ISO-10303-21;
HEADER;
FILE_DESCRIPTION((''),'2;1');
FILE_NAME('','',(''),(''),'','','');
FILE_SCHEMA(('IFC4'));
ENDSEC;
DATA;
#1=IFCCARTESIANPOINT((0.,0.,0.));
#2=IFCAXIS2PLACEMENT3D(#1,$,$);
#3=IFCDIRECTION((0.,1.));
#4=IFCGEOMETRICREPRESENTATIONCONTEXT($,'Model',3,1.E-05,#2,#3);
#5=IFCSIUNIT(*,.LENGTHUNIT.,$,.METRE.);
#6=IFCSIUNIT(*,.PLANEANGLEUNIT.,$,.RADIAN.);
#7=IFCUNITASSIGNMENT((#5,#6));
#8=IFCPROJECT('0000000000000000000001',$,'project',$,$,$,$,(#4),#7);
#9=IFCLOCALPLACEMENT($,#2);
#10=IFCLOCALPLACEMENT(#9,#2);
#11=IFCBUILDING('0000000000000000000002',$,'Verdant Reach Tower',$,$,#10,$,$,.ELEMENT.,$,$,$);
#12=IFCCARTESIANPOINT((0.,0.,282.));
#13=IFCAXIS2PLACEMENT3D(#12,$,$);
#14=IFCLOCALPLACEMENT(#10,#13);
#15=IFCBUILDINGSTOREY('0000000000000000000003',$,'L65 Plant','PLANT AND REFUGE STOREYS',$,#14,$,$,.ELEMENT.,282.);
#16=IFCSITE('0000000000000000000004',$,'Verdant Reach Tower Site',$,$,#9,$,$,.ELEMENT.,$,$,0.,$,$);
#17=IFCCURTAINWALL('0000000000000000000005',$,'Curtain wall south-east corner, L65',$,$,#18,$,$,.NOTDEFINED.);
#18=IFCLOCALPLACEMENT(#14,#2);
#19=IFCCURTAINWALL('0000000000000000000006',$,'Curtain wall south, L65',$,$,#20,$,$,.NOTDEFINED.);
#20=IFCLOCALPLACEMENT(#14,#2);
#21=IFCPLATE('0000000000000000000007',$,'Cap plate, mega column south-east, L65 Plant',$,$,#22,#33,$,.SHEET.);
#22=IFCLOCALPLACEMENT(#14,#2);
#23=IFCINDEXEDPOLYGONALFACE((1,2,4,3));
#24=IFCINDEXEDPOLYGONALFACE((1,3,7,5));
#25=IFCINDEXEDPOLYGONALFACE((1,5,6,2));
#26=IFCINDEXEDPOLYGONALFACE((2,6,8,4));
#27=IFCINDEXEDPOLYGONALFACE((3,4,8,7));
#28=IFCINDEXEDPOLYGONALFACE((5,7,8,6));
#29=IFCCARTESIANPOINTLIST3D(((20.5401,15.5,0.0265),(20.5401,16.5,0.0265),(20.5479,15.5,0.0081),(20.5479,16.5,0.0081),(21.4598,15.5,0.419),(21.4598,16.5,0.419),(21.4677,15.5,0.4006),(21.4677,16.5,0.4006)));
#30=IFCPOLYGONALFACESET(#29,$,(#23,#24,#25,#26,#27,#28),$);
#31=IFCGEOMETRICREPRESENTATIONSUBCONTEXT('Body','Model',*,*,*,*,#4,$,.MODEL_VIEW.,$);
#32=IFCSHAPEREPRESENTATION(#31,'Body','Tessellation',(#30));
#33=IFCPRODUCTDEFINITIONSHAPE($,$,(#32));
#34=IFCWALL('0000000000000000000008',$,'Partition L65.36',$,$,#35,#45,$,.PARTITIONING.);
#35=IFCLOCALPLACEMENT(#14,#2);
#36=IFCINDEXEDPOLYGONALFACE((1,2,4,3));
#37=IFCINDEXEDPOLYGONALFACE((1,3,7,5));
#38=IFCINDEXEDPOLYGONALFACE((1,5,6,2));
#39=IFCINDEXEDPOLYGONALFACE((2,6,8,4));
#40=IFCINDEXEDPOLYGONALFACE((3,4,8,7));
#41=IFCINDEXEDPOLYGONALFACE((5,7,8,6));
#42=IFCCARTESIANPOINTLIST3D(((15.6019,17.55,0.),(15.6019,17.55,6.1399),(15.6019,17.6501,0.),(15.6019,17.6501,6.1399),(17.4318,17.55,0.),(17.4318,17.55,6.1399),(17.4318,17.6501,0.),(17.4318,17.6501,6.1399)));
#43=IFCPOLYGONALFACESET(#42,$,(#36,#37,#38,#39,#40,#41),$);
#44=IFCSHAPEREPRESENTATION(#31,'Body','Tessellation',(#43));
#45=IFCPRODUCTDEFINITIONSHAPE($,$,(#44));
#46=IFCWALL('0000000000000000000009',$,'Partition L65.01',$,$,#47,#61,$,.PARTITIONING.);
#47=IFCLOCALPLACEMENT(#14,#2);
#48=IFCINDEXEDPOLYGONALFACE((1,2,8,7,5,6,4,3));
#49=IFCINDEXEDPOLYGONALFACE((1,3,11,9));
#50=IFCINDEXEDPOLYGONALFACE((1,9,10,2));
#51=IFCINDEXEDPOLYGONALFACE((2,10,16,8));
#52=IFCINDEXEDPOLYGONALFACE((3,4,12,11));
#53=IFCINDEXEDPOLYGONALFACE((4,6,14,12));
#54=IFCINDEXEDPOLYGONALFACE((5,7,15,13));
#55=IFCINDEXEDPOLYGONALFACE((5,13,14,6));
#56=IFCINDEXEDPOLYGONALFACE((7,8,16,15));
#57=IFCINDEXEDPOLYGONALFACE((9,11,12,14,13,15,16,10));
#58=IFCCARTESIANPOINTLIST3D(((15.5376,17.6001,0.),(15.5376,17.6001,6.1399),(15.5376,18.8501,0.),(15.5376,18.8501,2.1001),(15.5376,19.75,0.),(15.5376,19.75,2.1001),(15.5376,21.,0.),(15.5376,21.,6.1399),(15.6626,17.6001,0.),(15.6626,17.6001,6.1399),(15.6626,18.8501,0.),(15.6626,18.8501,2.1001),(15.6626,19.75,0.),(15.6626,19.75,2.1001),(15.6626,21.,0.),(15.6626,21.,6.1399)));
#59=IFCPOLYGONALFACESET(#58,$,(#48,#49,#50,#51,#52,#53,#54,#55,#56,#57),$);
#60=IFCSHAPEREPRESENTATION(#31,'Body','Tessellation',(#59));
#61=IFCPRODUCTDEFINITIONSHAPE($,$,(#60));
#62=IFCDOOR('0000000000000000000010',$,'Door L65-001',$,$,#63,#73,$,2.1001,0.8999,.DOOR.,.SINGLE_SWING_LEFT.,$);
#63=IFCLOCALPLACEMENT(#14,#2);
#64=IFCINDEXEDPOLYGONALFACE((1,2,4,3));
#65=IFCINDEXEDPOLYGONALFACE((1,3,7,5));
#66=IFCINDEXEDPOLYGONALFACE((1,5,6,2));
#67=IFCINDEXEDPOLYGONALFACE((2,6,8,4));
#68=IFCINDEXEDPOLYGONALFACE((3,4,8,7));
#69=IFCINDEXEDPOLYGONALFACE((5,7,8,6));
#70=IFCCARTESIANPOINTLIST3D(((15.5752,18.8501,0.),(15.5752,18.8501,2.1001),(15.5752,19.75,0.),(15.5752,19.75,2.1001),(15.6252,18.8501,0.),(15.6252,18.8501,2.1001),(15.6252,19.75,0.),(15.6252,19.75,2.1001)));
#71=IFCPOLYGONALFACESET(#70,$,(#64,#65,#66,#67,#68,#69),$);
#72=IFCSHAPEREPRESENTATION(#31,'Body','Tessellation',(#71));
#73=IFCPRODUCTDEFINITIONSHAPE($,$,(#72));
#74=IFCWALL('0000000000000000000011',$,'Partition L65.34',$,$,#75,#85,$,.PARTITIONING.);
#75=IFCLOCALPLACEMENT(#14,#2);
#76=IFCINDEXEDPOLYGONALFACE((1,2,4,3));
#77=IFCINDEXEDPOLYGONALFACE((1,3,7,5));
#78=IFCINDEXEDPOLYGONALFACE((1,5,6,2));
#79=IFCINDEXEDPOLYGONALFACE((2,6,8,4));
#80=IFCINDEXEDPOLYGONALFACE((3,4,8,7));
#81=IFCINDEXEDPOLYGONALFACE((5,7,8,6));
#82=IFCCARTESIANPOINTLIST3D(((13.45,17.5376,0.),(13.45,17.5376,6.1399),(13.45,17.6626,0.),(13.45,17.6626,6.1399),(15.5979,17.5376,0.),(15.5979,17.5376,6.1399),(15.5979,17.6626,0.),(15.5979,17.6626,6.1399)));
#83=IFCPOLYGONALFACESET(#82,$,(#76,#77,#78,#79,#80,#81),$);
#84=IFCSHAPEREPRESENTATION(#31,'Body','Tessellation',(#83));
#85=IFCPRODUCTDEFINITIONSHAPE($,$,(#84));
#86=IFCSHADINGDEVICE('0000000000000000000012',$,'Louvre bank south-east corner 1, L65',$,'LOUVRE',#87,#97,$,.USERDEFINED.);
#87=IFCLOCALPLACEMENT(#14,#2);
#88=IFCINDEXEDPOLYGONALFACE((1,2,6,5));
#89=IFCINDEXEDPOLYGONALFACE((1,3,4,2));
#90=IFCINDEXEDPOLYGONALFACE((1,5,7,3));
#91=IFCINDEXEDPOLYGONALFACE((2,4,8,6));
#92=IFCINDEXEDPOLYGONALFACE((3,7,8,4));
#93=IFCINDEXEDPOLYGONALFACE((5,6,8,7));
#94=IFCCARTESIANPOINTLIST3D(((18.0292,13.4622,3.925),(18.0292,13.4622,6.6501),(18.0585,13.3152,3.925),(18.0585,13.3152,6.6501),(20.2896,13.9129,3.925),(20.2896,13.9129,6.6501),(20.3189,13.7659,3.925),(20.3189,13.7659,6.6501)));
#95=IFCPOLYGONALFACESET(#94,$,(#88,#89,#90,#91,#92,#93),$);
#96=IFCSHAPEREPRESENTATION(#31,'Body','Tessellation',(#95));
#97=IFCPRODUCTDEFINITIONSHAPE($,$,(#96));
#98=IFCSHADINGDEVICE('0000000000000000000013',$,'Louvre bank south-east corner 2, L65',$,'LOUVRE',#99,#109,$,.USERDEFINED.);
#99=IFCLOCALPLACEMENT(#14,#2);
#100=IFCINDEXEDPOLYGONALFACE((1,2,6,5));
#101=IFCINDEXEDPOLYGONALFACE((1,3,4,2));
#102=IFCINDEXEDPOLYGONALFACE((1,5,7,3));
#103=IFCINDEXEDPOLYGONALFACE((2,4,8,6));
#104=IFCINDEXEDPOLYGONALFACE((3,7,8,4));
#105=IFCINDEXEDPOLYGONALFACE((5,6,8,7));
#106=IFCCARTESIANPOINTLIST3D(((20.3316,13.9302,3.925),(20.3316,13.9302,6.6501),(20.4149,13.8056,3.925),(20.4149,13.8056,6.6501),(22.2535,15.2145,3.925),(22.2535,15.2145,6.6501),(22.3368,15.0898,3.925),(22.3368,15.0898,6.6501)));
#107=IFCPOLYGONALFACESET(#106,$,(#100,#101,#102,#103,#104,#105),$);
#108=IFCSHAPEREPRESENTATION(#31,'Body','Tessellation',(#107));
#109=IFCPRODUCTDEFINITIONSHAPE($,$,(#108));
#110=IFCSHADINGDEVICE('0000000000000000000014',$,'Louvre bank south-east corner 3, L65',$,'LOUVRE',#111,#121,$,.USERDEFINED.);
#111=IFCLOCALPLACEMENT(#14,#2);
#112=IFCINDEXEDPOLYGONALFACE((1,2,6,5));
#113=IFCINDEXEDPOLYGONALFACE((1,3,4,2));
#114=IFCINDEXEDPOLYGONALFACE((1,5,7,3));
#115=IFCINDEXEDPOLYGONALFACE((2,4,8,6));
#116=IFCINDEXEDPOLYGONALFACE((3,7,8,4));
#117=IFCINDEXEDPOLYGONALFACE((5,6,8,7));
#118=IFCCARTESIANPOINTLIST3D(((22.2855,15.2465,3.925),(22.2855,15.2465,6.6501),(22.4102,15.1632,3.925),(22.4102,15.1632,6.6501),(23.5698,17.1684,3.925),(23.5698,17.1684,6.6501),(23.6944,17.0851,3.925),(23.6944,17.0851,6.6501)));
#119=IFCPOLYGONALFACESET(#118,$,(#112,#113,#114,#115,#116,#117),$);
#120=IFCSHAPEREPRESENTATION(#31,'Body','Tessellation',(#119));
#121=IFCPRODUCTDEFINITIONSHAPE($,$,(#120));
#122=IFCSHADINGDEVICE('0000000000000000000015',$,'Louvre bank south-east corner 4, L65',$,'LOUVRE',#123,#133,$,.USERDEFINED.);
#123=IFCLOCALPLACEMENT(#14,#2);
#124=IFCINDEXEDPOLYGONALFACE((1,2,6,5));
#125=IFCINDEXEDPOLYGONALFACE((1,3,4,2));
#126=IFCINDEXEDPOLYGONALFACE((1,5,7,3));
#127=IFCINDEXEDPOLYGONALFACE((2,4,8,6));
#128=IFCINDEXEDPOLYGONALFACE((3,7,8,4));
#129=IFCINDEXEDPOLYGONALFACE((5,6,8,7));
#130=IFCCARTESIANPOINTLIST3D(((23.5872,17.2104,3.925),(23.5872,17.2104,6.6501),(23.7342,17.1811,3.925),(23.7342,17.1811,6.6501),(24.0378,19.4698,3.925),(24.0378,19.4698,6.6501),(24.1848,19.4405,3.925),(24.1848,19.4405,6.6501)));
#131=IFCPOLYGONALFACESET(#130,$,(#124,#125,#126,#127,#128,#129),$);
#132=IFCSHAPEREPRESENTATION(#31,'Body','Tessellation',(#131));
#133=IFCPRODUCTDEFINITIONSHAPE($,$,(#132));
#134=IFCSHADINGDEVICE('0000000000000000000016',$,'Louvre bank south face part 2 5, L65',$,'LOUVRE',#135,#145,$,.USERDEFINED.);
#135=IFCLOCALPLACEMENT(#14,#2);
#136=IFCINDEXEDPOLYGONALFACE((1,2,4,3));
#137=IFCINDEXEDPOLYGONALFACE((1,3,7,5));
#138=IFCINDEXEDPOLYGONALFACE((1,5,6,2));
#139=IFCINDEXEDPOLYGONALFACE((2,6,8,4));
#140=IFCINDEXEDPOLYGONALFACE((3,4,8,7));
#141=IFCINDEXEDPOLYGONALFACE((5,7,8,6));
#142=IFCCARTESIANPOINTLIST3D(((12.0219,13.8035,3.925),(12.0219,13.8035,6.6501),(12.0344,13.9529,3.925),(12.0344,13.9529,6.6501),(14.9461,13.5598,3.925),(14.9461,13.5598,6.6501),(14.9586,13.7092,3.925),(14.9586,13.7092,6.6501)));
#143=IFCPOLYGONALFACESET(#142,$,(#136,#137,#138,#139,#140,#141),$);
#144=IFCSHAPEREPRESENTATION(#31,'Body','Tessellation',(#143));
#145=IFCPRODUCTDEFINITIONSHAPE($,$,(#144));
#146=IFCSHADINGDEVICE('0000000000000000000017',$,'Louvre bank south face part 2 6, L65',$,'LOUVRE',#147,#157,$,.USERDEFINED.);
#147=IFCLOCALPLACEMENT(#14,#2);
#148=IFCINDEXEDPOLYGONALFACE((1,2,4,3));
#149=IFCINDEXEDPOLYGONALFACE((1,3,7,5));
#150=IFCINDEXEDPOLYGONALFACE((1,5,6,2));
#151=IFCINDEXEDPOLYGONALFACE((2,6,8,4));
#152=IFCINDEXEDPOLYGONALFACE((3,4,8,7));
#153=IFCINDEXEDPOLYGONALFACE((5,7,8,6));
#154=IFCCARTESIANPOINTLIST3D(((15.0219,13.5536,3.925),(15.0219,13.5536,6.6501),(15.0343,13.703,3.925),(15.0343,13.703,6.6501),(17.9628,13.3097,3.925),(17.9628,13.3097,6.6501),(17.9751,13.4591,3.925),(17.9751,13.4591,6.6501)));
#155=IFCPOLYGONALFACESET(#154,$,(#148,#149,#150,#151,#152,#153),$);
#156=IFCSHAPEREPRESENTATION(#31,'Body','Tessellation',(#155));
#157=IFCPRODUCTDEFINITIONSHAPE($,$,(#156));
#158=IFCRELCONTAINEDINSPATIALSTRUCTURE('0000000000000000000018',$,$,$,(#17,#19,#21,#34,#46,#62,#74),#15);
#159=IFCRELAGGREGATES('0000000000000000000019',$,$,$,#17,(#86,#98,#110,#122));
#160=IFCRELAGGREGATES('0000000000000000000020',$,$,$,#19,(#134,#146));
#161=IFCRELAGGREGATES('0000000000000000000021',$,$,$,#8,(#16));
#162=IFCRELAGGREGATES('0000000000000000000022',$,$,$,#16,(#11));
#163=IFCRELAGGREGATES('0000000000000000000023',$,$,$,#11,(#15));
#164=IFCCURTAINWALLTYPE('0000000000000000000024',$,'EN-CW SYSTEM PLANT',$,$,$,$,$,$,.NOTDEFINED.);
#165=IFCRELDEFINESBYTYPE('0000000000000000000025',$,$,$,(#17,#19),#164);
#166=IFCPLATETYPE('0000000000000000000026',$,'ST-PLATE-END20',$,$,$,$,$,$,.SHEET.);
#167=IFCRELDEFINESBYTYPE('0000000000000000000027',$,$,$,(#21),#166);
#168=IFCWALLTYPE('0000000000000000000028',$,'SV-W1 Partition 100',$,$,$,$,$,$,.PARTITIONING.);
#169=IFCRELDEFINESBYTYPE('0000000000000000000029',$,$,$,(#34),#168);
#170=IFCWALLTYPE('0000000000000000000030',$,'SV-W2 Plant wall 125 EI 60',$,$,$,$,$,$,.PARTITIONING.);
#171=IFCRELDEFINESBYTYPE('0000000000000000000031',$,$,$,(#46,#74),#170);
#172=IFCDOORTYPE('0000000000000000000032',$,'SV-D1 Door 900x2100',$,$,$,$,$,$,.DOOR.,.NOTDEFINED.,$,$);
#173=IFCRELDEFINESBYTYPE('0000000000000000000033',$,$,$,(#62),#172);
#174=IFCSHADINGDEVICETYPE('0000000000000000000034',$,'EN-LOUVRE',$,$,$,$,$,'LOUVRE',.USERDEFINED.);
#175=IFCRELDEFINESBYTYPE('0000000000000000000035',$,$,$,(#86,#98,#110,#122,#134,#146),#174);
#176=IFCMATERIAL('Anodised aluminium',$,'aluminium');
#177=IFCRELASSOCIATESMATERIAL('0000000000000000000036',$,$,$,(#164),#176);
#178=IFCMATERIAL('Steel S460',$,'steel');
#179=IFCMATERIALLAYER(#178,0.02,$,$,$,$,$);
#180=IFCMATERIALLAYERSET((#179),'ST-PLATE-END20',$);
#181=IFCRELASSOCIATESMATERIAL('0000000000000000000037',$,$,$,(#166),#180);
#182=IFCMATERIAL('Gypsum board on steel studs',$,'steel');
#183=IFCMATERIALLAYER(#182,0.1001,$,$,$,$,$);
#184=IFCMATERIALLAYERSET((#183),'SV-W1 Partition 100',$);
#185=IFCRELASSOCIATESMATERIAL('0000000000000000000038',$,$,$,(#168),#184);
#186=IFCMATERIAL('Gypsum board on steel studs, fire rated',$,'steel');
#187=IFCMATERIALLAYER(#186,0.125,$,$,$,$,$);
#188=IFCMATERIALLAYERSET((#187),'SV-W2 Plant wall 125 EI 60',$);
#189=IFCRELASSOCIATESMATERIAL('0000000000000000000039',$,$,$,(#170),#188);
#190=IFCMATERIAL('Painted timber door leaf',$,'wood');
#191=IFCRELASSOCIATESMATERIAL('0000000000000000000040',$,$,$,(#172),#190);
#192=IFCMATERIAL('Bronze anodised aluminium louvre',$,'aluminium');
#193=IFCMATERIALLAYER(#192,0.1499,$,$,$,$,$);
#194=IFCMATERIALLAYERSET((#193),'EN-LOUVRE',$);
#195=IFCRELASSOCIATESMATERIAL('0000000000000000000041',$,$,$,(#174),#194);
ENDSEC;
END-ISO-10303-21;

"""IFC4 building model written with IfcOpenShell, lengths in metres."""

from ifc_helpers import new_model, si_unit, direction, frame, frame_2d, origin, origin_2d, place, context, subcontext, project, spatial, rectangle, extrude, material, layer, layer_set, type_object, element, fill, aggregate, save


model = new_model("IFC4")

# Units and contexts
model_context = context("Model", 3, precision=1e-05, world=origin(), true_north=direction((0.0, 1.0)))
body_context = subcontext(model_context, "Body", "Model", "MODEL_VIEW")
ifc_project = project(units=[si_unit("LENGTHUNIT", "METRE"), si_unit("PLANEANGLEUNIT", "RADIAN")], contexts=[model_context])

# Site, building, storey
site_placement = place(None, origin())
site = spatial("IfcSite", under=ifc_project, at=site_placement, Name="Verdant Reach Tower Site", CompositionType="ELEMENT", RefElevation=0.0)
building_placement = place(site_placement, origin())
building = spatial("IfcBuilding", under=site, at=building_placement, Name="Verdant Reach Tower", CompositionType="ELEMENT")
storey_placement = place(building_placement, frame((0.0, 0.0, 282.0)))
storey = spatial("IfcBuildingStorey", under=building, at=storey_placement, Name="L65 Plant", Description="PLANT AND REFUGE STOREYS", CompositionType="ELEMENT", Elevation=282.0)

# Shared definitions
ifc_material_1 = material(Name="Steel S460", Category="steel")

# Curtain wall
ifc_material_2 = material(Name="Anodised aluminium", Category="aluminium")
curtain_wall_type = type_object("IfcCurtainWallType", Name="EN-CW SYSTEM PLANT", PredefinedType="NOTDEFINED", material=ifc_material_2)
curtain_wall_1_placement = place(storey_placement, origin())
curtain_wall_1 = element("IfcCurtainWall", 1, at=curtain_wall_1_placement, inside=storey, type_object=curtain_wall_type, Name="Curtain wall south-east corner, L65", PredefinedType="NOTDEFINED")

# Curtain wall
curtain_wall_2_placement = place(storey_placement, origin())
curtain_wall_2 = element("IfcCurtainWall", 2, at=curtain_wall_2_placement, inside=storey, type_object=curtain_wall_type, Name="Curtain wall south, L65", PredefinedType="NOTDEFINED")

# Plate
ifc_layer_1 = layer(ifc_material_1, 0.02)
ifc_layer_set_1 = layer_set([ifc_layer_1], Name="ST-PLATE-END20")
plate_type_1 = type_object("IfcPlateType", Name="ST-PLATE-END20", PredefinedType="SHEET", material=ifc_layer_set_1)
plate_1_placement = place(storey_placement, frame((21.0078, 16.0, 0.2043), z_axis=(-0.392439, 0.0, 0.919778), x_axis=(0.0, -1.0, 0.0)))
element("IfcPlate", 3, at=plate_1_placement, inside=storey, type_object=plate_type_1, Name="Cap plate, mega column south-east, L65 Plant", PredefinedType="SHEET", context=body_context, shape_type="SweptSolid", body=[
    extrude(rectangle(XDim=1.0, YDim=1.0, at=origin_2d()), origin(), (0.0, 0.0, 1.0), 0.02),
])

# Wall
ifc_material_3 = material(Name="Gypsum board on steel studs", Category="steel")
ifc_layer_2 = layer(ifc_material_3, 0.1001)
ifc_layer_set_2 = layer_set([ifc_layer_2], Name="SV-W1 Partition 100")
wall_type_1 = type_object("IfcWallType", Name="SV-W1 Partition 100", PredefinedType="PARTITIONING", material=ifc_layer_set_2)
wall_1_placement = place(storey_placement, frame((17.4319, 17.6001, 0.0), z_axis=(0.0, 0.0, 1.0), x_axis=(-1.0, 0.0, 0.0)))
element("IfcWall", 4, at=wall_1_placement, inside=storey, type_object=wall_type_1, Name="Partition L65.36", PredefinedType="PARTITIONING", context=body_context, shape_type="SweptSolid", body=[
    extrude(rectangle(XDim=1.8298, YDim=0.1001, at=frame_2d((0.915, 0.0))), origin(), (0.0, 0.0, 1.0), 6.1399),
])

# Wall, opening, door
ifc_material_4 = material(Name="Gypsum board on steel studs, fire rated", Category="steel")
ifc_layer_3 = layer(ifc_material_4, 0.125)
ifc_layer_set_3 = layer_set([ifc_layer_3], Name="SV-W2 Plant wall 125 EI 60")
wall_type_2 = type_object("IfcWallType", Name="SV-W2 Plant wall 125 EI 60", PredefinedType="PARTITIONING", material=ifc_layer_set_3)
wall_2_placement = place(storey_placement, frame((15.6001, 17.6001, 0.0), z_axis=(0.0, 0.0, 1.0), x_axis=(0.0, 1.0, 0.0)))
wall_2 = element("IfcWall", 5, at=wall_2_placement, inside=storey, type_object=wall_type_2, Name="Partition L65.01", PredefinedType="PARTITIONING", context=body_context, shape_type="SweptSolid", body=[
    extrude(rectangle(XDim=3.3999, YDim=0.125, at=frame_2d((1.7, 0.0))), origin(), (0.0, 0.0, 1.0), 6.1399),
])
opening_placement = place(wall_2_placement, frame((1.25, 0.0, 0.0)))
opening = element("IfcOpeningElement", 6, at=opening_placement, cuts=wall_2, PredefinedType="OPENING", context=body_context, shape_type="SweptSolid", body=[
    extrude(rectangle(XDim=0.8999, YDim=2.1001, at=frame_2d((0.45, 1.05))), frame((0.0, 0.0725, 0.0), z_axis=(0.0, -1.0, 0.0), x_axis=(1.0, 0.0, 0.0)), (0.0, 0.0, 1.0), 0.145),
])
ifc_material_5 = material(Name="Painted timber door leaf", Category="wood")
door_type = type_object("IfcDoorType", Name="SV-D1 Door 900x2100", OperationType="NOTDEFINED", PredefinedType="DOOR", material=ifc_material_5)
door_placement = place(opening_placement, origin())
door = element("IfcDoor", 7, at=door_placement, inside=storey, type_object=door_type, Name="Door L65-001", OperationType="SINGLE_SWING_LEFT", OverallHeight=2.1001, OverallWidth=0.8999, PredefinedType="DOOR", context=body_context, shape_type="SweptSolid", body=[
    extrude(rectangle(XDim=0.8999, YDim=2.1001, at=frame_2d((0.45, 1.05))), frame((0.0, 0.0249, 0.0), z_axis=(0.0, -1.0, 0.0), x_axis=(1.0, 0.0, 0.0)), (0.0, 0.0, 1.0), 0.05),
])
fill(opening, door)

# Wall
wall_3_placement = place(storey_placement, frame((15.5979, 17.6001, 0.0), z_axis=(0.0, 0.0, 1.0), x_axis=(-1.0, 0.0, 0.0)))
element("IfcWall", 8, at=wall_3_placement, inside=storey, type_object=wall_type_2, Name="Partition L65.34", PredefinedType="PARTITIONING", context=body_context, shape_type="SweptSolid", body=[
    extrude(rectangle(XDim=2.1479, YDim=0.125, at=frame_2d((1.074, 0.0))), origin(), (0.0, 0.0, 1.0), 6.1399),
])

# Shading devices
ifc_material_6 = material(Name="Bronze anodised aluminium louvre", Category="aluminium")
ifc_layer_4 = layer(ifc_material_6, 0.1499)
ifc_layer_set_4 = layer_set([ifc_layer_4], Name="EN-LOUVRE")
shading_device_type = type_object("IfcShadingDeviceType", Name="EN-LOUVRE", ElementType="LOUVRE", PredefinedType="USERDEFINED", material=ifc_layer_set_4)
shading_device_1_placement = place(storey_placement, frame((19.1741, 13.614, 3.925), z_axis=(0.0, 0.0, 1.0), x_axis=(0.980695, 0.195545, 0.0)))
shading_device_1 = element("IfcShadingDevice", 9, at=shading_device_1_placement, type_object=shading_device_type, Name="Louvre bank south-east corner 1, L65", ObjectType="LOUVRE", PredefinedType="USERDEFINED", context=body_context, shape_type="SweptSolid", body=[
    extrude(rectangle(XDim=2.3049, YDim=0.1499, at=origin_2d()), origin(), (0.0, 0.0, 1.0), 2.7251),
])
shading_device_2_placement = place(storey_placement, frame((21.3342, 14.51, 3.925), z_axis=(0.0, 0.0, 1.0), x_axis=(0.831452, 0.555596, 0.0)))
shading_device_2 = element("IfcShadingDevice", 10, at=shading_device_2_placement, type_object=shading_device_type, Name="Louvre bank south-east corner 2, L65", ObjectType="LOUVRE", PredefinedType="USERDEFINED", context=body_context, shape_type="SweptSolid", body=[
    extrude(rectangle(XDim=2.3115, YDim=0.1499, at=origin_2d()), origin(), (0.0, 0.0, 1.0), 2.7251),
])
shading_device_3_placement = place(storey_placement, frame((22.99, 16.1658, 3.925), z_axis=(0.0, 0.0, 1.0), x_axis=(0.555596, 0.831452, 0.0)))
shading_device_3 = element("IfcShadingDevice", 11, at=shading_device_3_placement, type_object=shading_device_type, Name="Louvre bank south-east corner 3, L65", ObjectType="LOUVRE", PredefinedType="USERDEFINED", context=body_context, shape_type="SweptSolid", body=[
    extrude(rectangle(XDim=2.3115, YDim=0.1499, at=origin_2d()), origin(), (0.0, 0.0, 1.0), 2.7251),
])
shading_device_4_placement = place(storey_placement, frame((23.886, 18.3254, 3.925), z_axis=(0.0, 0.0, 1.0), x_axis=(0.195593, 0.980685, 0.0)))
shading_device_4 = element("IfcShadingDevice", 12, at=shading_device_4_placement, type_object=shading_device_type, Name="Louvre bank south-east corner 4, L65", ObjectType="LOUVRE", PredefinedType="USERDEFINED", context=body_context, shape_type="SweptSolid", body=[
    extrude(rectangle(XDim=2.304, YDim=0.1499, at=origin_2d()), origin(), (0.0, 0.0, 1.0), 2.7251),
])
aggregate(curtain_wall_1, [shading_device_1, shading_device_2, shading_device_3, shading_device_4])
shading_device_5_placement = place(storey_placement, frame((13.4902, 13.7563, 3.925), z_axis=(0.0, 0.0, 1.0), x_axis=(0.996546, -0.083045, 0.0)))
shading_device_5 = element("IfcShadingDevice", 13, at=shading_device_5_placement, type_object=shading_device_type, Name="Louvre bank south face part 2 5, L65", ObjectType="LOUVRE", PredefinedType="USERDEFINED", context=body_context, shape_type="SweptSolid", body=[
    extrude(rectangle(XDim=2.9343, YDim=0.1499, at=origin_2d()), origin(), (0.0, 0.0, 1.0), 2.7251),
])
shading_device_6_placement = place(storey_placement, frame((16.4985, 13.5063, 3.925), z_axis=(0.0, 0.0, 1.0), x_axis=(0.996578, -0.082664, 0.0)))
shading_device_6 = element("IfcShadingDevice", 14, at=shading_device_6_placement, type_object=shading_device_type, Name="Louvre bank south face part 2 6, L65", ObjectType="LOUVRE", PredefinedType="USERDEFINED", context=body_context, shape_type="SweptSolid", body=[
    extrude(rectangle(XDim=2.9509, YDim=0.1499, at=origin_2d()), origin(), (0.0, 0.0, 1.0), 2.7251),
])
aggregate(curtain_wall_2, [shading_device_5, shading_device_6])

save(model, "model.ifc")
